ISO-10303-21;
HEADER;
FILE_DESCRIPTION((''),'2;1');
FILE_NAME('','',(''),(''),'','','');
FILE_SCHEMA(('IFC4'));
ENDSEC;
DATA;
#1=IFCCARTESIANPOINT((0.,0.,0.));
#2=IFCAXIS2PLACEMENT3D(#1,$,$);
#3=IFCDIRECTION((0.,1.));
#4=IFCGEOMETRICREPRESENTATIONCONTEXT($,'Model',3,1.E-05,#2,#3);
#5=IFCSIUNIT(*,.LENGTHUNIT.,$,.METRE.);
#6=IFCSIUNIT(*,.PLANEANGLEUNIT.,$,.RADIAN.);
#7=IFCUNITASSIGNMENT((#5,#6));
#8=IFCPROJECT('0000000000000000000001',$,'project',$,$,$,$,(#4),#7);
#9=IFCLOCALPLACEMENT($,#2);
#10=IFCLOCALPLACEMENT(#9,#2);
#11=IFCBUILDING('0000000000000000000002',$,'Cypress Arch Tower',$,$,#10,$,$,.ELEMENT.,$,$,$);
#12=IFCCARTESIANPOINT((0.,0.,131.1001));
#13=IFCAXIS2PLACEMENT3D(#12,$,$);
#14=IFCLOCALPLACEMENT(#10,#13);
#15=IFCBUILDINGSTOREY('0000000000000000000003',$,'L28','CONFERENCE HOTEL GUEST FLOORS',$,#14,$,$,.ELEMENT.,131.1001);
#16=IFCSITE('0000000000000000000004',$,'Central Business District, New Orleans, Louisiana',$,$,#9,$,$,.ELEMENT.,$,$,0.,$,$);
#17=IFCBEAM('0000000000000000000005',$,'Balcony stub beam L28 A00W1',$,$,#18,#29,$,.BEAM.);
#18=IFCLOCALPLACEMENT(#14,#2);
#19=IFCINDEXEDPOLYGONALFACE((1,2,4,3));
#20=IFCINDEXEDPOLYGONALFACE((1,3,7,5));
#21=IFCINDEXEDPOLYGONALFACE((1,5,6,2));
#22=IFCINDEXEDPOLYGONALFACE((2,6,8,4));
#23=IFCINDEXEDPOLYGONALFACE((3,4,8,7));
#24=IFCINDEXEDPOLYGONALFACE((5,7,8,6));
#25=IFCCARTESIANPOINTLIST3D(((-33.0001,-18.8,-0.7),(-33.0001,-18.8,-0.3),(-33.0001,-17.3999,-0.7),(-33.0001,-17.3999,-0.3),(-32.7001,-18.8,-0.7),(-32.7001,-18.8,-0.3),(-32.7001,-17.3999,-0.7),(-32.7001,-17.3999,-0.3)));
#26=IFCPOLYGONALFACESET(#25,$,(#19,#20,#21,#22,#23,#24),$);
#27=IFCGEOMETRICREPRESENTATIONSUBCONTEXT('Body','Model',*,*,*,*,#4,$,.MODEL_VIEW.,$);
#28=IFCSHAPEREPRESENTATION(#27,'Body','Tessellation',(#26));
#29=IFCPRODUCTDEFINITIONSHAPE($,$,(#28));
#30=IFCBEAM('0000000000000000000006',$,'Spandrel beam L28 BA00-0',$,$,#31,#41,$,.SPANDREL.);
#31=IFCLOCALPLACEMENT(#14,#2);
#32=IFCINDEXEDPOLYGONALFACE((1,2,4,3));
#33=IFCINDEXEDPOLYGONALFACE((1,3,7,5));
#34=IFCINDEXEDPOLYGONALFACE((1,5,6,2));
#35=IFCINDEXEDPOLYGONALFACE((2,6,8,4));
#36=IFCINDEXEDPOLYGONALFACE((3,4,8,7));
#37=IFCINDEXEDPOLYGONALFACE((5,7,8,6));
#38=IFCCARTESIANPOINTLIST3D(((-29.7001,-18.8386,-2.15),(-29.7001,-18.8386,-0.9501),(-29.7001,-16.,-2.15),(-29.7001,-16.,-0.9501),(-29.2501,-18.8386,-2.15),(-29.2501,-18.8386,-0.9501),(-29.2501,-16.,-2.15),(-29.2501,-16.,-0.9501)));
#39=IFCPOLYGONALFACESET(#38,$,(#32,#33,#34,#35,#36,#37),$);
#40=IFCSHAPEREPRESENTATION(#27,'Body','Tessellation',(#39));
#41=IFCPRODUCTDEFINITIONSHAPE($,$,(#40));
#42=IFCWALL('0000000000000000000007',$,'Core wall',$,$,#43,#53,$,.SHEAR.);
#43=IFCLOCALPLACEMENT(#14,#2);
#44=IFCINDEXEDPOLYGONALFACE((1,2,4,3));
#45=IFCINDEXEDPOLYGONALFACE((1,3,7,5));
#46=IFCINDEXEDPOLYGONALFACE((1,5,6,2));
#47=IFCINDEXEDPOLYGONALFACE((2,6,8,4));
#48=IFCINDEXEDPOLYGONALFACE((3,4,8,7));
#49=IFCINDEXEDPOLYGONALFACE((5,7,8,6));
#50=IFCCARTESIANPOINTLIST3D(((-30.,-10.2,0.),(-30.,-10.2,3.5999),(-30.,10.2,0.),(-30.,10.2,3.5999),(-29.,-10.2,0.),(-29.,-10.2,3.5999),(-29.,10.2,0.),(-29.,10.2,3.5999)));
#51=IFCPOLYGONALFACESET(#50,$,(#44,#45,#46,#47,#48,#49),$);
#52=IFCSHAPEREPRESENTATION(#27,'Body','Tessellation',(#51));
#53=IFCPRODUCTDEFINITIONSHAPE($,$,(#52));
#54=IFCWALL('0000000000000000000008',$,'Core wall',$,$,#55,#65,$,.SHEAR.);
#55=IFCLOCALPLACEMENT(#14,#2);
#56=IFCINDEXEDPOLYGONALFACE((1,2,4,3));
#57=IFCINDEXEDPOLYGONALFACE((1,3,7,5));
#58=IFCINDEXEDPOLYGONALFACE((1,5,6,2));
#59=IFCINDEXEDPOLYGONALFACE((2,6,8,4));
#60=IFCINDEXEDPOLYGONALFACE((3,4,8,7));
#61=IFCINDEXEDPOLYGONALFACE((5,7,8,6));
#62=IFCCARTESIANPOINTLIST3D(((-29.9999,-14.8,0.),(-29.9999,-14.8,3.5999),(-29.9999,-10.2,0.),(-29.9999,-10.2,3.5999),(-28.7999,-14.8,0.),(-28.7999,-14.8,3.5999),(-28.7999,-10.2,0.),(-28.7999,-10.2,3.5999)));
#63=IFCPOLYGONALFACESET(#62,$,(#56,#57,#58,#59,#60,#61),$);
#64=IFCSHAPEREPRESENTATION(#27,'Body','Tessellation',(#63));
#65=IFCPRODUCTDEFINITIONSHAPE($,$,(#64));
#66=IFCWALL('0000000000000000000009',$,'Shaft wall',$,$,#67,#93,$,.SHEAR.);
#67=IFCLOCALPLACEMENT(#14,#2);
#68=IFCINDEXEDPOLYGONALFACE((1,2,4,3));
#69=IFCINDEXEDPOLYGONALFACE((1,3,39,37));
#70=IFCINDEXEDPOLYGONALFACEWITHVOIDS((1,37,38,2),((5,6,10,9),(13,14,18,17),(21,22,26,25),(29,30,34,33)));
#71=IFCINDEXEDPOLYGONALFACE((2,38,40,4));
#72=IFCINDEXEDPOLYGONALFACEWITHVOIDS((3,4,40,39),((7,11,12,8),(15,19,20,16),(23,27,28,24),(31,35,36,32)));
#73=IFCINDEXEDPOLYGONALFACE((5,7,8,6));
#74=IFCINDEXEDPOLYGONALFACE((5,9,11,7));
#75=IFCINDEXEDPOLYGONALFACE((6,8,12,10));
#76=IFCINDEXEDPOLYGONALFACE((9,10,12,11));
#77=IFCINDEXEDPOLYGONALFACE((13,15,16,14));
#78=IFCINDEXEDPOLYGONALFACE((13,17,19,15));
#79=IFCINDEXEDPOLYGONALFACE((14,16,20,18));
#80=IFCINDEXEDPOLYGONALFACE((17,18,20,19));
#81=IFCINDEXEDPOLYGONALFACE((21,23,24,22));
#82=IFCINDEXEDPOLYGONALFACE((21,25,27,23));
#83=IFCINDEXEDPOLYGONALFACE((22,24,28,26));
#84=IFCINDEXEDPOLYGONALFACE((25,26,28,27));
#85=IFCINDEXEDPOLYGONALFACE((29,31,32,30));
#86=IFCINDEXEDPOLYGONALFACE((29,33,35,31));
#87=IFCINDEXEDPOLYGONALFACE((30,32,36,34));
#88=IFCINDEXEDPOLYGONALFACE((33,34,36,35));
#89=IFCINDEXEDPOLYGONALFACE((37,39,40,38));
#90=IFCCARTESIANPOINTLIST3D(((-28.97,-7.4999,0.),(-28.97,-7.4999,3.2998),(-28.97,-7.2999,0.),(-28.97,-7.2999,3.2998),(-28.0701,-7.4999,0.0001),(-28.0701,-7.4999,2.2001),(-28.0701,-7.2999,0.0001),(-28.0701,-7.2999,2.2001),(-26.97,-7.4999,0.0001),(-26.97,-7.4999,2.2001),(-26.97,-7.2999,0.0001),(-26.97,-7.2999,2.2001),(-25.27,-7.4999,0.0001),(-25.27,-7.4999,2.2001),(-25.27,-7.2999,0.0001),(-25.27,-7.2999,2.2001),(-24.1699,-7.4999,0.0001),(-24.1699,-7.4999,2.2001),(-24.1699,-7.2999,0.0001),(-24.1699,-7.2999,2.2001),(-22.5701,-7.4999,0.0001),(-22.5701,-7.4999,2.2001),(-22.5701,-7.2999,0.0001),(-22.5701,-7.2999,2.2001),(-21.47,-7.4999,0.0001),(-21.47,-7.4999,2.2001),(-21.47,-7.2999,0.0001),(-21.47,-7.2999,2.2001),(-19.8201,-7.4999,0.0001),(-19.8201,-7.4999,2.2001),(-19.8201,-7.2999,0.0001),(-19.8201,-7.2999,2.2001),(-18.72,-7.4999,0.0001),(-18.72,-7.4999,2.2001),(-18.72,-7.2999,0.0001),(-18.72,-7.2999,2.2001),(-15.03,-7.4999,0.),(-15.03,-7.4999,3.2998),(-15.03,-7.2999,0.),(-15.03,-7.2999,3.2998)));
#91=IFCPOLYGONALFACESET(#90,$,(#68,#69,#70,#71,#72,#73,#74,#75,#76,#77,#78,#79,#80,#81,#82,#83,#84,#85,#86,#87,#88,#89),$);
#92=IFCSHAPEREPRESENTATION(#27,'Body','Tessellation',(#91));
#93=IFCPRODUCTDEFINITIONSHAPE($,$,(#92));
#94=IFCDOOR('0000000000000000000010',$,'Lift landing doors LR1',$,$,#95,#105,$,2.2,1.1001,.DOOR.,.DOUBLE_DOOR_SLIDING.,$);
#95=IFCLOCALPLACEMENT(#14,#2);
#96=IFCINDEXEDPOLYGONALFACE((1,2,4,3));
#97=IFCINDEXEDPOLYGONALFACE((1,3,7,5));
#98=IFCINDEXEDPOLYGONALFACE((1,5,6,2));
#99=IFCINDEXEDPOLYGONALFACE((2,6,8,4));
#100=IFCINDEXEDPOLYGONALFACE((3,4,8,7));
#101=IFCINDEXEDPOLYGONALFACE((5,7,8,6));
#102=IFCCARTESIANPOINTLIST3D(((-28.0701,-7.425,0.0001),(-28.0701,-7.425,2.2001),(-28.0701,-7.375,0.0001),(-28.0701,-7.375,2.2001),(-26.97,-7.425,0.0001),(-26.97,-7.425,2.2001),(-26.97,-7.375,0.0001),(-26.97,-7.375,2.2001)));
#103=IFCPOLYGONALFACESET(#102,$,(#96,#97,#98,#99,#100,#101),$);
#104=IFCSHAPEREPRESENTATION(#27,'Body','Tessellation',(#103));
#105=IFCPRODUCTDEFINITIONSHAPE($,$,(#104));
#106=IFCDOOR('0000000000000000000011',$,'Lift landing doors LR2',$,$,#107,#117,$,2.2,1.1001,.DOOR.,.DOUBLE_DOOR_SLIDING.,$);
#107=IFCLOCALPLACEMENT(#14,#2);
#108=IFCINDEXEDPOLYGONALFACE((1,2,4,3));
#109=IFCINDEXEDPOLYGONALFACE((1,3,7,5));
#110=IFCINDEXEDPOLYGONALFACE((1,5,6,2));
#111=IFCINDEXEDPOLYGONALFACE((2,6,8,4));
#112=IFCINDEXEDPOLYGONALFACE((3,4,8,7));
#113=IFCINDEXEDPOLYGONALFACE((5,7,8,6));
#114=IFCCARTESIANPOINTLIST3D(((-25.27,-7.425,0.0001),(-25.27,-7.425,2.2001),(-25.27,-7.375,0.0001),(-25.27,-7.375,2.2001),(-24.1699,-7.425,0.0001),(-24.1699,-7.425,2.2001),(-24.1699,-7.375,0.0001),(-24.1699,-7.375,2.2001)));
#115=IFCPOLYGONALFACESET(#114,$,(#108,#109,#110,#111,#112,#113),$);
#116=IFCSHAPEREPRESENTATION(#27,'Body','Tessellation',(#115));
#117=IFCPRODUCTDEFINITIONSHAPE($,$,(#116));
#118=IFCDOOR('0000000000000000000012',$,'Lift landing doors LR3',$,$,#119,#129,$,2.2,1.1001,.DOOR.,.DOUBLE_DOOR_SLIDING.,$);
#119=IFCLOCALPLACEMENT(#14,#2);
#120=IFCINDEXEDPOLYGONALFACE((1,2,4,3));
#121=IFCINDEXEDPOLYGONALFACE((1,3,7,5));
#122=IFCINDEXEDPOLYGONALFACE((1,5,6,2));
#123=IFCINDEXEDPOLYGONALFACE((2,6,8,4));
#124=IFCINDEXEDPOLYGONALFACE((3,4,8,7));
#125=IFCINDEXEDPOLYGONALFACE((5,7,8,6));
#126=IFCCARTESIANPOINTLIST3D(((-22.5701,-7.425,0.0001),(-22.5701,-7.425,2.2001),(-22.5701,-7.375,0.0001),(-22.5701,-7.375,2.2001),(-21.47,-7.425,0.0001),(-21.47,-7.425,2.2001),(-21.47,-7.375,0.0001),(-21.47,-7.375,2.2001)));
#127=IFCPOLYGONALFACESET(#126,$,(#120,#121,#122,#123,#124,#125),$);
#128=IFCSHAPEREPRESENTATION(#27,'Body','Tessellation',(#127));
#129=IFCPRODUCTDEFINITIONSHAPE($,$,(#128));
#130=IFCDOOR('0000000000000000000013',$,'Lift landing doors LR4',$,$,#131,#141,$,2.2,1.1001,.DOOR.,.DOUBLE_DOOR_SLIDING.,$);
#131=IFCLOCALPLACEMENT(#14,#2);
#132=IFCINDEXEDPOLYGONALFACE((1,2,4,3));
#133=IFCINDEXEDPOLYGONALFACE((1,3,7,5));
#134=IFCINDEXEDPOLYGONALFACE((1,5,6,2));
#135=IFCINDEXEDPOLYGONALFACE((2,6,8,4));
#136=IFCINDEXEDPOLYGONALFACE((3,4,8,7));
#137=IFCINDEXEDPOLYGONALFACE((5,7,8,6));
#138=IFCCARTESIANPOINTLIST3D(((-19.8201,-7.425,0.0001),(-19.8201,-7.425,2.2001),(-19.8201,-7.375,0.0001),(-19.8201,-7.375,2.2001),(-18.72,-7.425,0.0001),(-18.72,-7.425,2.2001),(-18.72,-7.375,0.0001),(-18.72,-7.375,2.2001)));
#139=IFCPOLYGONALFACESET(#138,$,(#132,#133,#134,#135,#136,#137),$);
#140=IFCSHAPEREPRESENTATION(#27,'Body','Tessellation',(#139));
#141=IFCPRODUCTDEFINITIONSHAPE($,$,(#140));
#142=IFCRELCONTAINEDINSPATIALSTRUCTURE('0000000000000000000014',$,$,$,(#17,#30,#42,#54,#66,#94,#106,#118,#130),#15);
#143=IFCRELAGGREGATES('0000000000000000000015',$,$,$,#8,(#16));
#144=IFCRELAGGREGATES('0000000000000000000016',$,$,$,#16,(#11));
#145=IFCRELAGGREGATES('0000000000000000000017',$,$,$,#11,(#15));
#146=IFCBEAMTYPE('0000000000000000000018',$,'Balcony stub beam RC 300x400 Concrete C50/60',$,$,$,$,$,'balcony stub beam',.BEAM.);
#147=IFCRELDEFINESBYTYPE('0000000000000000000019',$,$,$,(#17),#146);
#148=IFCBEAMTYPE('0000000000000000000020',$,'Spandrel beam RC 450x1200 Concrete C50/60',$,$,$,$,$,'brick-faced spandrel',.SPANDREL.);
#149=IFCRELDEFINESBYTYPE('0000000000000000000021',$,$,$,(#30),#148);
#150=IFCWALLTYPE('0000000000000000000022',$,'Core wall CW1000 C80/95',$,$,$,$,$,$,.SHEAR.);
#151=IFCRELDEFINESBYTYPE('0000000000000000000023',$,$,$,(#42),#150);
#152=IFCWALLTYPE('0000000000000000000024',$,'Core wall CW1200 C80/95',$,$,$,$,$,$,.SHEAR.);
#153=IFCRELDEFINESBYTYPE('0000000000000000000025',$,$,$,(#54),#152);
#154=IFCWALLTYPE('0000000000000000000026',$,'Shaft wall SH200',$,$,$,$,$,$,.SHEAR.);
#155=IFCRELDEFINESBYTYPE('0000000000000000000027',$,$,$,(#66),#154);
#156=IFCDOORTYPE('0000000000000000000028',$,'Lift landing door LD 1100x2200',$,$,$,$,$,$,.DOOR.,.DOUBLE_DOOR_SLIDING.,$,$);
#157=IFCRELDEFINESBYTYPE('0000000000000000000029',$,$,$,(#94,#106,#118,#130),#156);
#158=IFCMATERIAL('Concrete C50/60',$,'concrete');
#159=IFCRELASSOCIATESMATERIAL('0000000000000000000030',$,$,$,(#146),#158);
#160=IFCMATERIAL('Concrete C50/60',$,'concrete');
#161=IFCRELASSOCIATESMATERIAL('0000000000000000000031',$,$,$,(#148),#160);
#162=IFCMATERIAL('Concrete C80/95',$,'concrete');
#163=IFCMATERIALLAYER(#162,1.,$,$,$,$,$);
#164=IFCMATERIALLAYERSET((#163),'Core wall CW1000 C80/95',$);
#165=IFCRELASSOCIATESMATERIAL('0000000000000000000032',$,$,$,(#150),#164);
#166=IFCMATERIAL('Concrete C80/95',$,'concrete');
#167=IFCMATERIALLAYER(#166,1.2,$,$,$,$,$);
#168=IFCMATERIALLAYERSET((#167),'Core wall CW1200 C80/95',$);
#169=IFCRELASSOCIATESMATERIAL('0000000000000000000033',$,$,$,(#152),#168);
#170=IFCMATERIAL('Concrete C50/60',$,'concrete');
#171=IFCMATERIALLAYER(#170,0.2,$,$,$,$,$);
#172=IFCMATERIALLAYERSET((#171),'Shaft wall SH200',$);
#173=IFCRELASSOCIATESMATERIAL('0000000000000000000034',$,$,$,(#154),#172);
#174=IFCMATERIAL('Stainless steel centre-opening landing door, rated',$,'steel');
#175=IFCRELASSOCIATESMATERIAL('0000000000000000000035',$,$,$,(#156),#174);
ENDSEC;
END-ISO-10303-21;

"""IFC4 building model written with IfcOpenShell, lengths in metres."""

from ifc_helpers import new_model, si_unit, direction, frame, frame_2d, origin, origin_2d, place, context, subcontext, project, spatial, rectangle, extrude, material, layer, layer_set, material_profile, profile_set, type_object, element, fill, save


model = new_model("IFC4")

# Units and contexts
model_context = context("Model", 3, precision=1e-05, world=origin(), true_north=direction((0.0, 1.0)))
body_context = subcontext(model_context, "Body", "Model", "MODEL_VIEW")
ifc_project = project(units=[si_unit("LENGTHUNIT", "METRE"), si_unit("PLANEANGLEUNIT", "RADIAN")], contexts=[model_context])

# Site, building, storey
site_placement = place(None, origin())
site = spatial("IfcSite", under=ifc_project, at=site_placement, Name="Central Business District, New Orleans, Louisiana", CompositionType="ELEMENT", RefElevation=0.0)
building_placement = place(site_placement, origin())
building = spatial("IfcBuilding", under=site, at=building_placement, Name="Cypress Arch Tower", CompositionType="ELEMENT")
storey_placement = place(building_placement, frame((0.0, 0.0, 131.1001)))
storey = spatial("IfcBuildingStorey", under=building, at=storey_placement, Name="L28", Description="CONFERENCE HOTEL GUEST FLOORS", CompositionType="ELEMENT", Elevation=131.1001)

# Beams
ifc_material_1 = material(Name="Concrete C50/60", Category="concrete")
ifc_material_profile_1 = material_profile(ifc_material_1, rectangle(XDim=0.3, YDim=0.3999, at=origin_2d()), Name="RC 300x400")
ifc_profile_set_1 = profile_set([ifc_material_profile_1], Name="Concrete C50/60")
beam_type_1 = type_object("IfcBeamType", Name="Balcony stub beam RC 300x400 Concrete C50/60", ElementType="balcony stub beam", PredefinedType="BEAM", material=ifc_profile_set_1)
beam_1_placement = place(storey_placement, frame((-32.8501, -17.3999, -0.5), z_axis=(0.0, -1.0, 0.0), x_axis=(1.0, 0.0, 0.0)))
element("IfcBeam", 1, at=beam_1_placement, inside=storey, type_object=beam_type_1, Name="Balcony stub beam L28 A00W1", PredefinedType="BEAM", context=body_context, shape_type="SweptSolid", body=[
    extrude(rectangle(XDim=0.3, YDim=0.3999, at=origin_2d()), origin(), (0.0, 0.0, 1.0), 1.4001),
])
ifc_material_2 = material(Name="Concrete C50/60", Category="concrete")
ifc_material_profile_2 = material_profile(ifc_material_2, rectangle(XDim=0.45, YDim=1.2, at=origin_2d()), Name="RC 450x1200")
ifc_profile_set_2 = profile_set([ifc_material_profile_2], Name="Concrete C50/60")
beam_type_2 = type_object("IfcBeamType", Name="Spandrel beam RC 450x1200 Concrete C50/60", ElementType="brick-faced spandrel", PredefinedType="SPANDREL", material=ifc_profile_set_2)
beam_2_placement = place(storey_placement, frame((-29.4751, -16.0, -1.55), z_axis=(0.0, -1.0, 0.0), x_axis=(1.0, 0.0, 0.0)))
element("IfcBeam", 2, at=beam_2_placement, inside=storey, type_object=beam_type_2, Name="Spandrel beam L28 BA00-0", PredefinedType="SPANDREL", context=body_context, shape_type="SweptSolid", body=[
    extrude(rectangle(XDim=0.45, YDim=1.2, at=origin_2d()), origin(), (0.0, 0.0, 1.0), 2.8386),
])

# Wall
ifc_material_3 = material(Name="Concrete C80/95", Category="concrete")
ifc_layer_1 = layer(ifc_material_3, 1.0)
ifc_layer_set_1 = layer_set([ifc_layer_1], Name="Core wall CW1000 C80/95")
wall_type_1 = type_object("IfcWallType", Name="Core wall CW1000 C80/95", PredefinedType="SHEAR", material=ifc_layer_set_1)
wall_1_placement = place(storey_placement, frame((-29.5, -10.2, 0.0), z_axis=(0.0, 0.0, 1.0), x_axis=(0.0, 1.0, 0.0)))
element("IfcWall", 3, at=wall_1_placement, inside=storey, type_object=wall_type_1, Name="Core wall", PredefinedType="SHEAR", context=body_context, shape_type="SweptSolid", body=[
    extrude(rectangle(XDim=20.3999, YDim=1.0, at=frame_2d((10.2, 0.0))), origin(), (0.0, 0.0, 1.0), 3.5999),
])

# Shared definitions
ifc_material_4 = material(Name="Concrete C80/95", Category="concrete")
ifc_layer_2 = layer(ifc_material_4, 1.2)
ifc_layer_set_2 = layer_set([ifc_layer_2], Name="Core wall CW1200 C80/95")
wall_type_2 = type_object("IfcWallType", Name="Core wall CW1200 C80/95", PredefinedType="SHEAR", material=ifc_layer_set_2)

# Wall
wall_2_placement = place(storey_placement, frame((-29.3999, -14.8, 0.0), z_axis=(0.0, 0.0, 1.0), x_axis=(0.0, 1.0, 0.0)))
element("IfcWall", 4, at=wall_2_placement, inside=storey, type_object=wall_type_2, Name="Core wall", PredefinedType="SHEAR", context=body_context, shape_type="SweptSolid", body=[
    extrude(rectangle(XDim=4.6001, YDim=1.2, at=frame_2d((2.3, 0.0))), origin(), (0.0, 0.0, 1.0), 3.5999),
])

# Wall, openings, doors
ifc_material_5 = material(Name="Concrete C50/60", Category="concrete")
ifc_layer_3 = layer(ifc_material_5, 0.2)
ifc_layer_set_3 = layer_set([ifc_layer_3], Name="Shaft wall SH200")
wall_type_3 = type_object("IfcWallType", Name="Shaft wall SH200", PredefinedType="SHEAR", material=ifc_layer_set_3)
wall_3_placement = place(storey_placement, frame((-28.97, -7.3999, 0.0), z_axis=(0.0, 0.0, 1.0), x_axis=(1.0, 0.0, 0.0)))
wall_3 = element("IfcWall", 5, at=wall_3_placement, inside=storey, type_object=wall_type_3, Name="Shaft wall", PredefinedType="SHEAR", context=body_context, shape_type="SweptSolid", body=[
    extrude(rectangle(XDim=13.9399, YDim=0.2, at=frame_2d((6.97, 0.0))), origin(), (0.0, 0.0, 1.0), 3.2998),
])
opening_1_placement = place(wall_3_placement, frame((0.8999, 0.0, 0.0)))
opening_1 = element("IfcOpeningElement", 6, at=opening_1_placement, cuts=wall_3, PredefinedType="OPENING", context=body_context, shape_type="SweptSolid", body=[
    extrude(rectangle(XDim=1.1001, YDim=2.2, at=frame_2d((0.55, 1.1001))), frame((0.0, 0.1099, 0.0), z_axis=(0.0, -1.0, 0.0), x_axis=(1.0, 0.0, 0.0)), (0.0, 0.0, 1.0), 0.22),
])
opening_2_placement = place(wall_3_placement, frame((3.7, 0.0, 0.0)))
opening_2 = element("IfcOpeningElement", 7, at=opening_2_placement, cuts=wall_3, PredefinedType="OPENING", context=body_context, shape_type="SweptSolid", body=[
    extrude(rectangle(XDim=1.1001, YDim=2.2, at=frame_2d((0.55, 1.1001))), frame((0.0, 0.1099, 0.0), z_axis=(0.0, -1.0, 0.0), x_axis=(1.0, 0.0, 0.0)), (0.0, 0.0, 1.0), 0.22),
])
opening_3_placement = place(wall_3_placement, frame((6.3999, 0.0, 0.0)))
opening_3 = element("IfcOpeningElement", 8, at=opening_3_placement, cuts=wall_3, PredefinedType="OPENING", context=body_context, shape_type="SweptSolid", body=[
    extrude(rectangle(XDim=1.1001, YDim=2.2, at=frame_2d((0.55, 1.1001))), frame((0.0, 0.1099, 0.0), z_axis=(0.0, -1.0, 0.0), x_axis=(1.0, 0.0, 0.0)), (0.0, 0.0, 1.0), 0.22),
])
opening_4_placement = place(wall_3_placement, frame((9.1499, 0.0, 0.0)))
opening_4 = element("IfcOpeningElement", 9, at=opening_4_placement, cuts=wall_3, PredefinedType="OPENING", context=body_context, shape_type="SweptSolid", body=[
    extrude(rectangle(XDim=1.1001, YDim=2.2, at=frame_2d((0.55, 1.1001))), frame((0.0, 0.1099, 0.0), z_axis=(0.0, -1.0, 0.0), x_axis=(1.0, 0.0, 0.0)), (0.0, 0.0, 1.0), 0.22),
])
ifc_material_6 = material(Name="Stainless steel centre-opening landing door, rated", Category="steel")
door_type_1 = type_object("IfcDoorType", Name="Lift landing door LD 1100x2200", OperationType="DOUBLE_DOOR_SLIDING", PredefinedType="DOOR", material=ifc_material_6)
door_1_placement = place(opening_1_placement, origin())
door_1 = element("IfcDoor", 10, at=door_1_placement, inside=storey, type_object=door_type_1, Name="Lift landing doors LR1", OperationType="DOUBLE_DOOR_SLIDING", OverallHeight=2.2, OverallWidth=1.1001, PredefinedType="DOOR", context=body_context, shape_type="SweptSolid", body=[
    extrude(rectangle(XDim=1.1001, YDim=2.2, at=frame_2d((0.55, 1.1001))), frame((0.0, 0.0249, 0.0), z_axis=(0.0, -1.0, 0.0), x_axis=(1.0, 0.0, 0.0)), (0.0, 0.0, 1.0), 0.05),
])
fill(opening_1, door_1)
door_2_placement = place(opening_2_placement, origin())
door_2 = element("IfcDoor", 11, at=door_2_placement, inside=storey, type_object=door_type_1, Name="Lift landing doors LR2", OperationType="DOUBLE_DOOR_SLIDING", OverallHeight=2.2, OverallWidth=1.1001, PredefinedType="DOOR", context=body_context, shape_type="SweptSolid", body=[
    extrude(rectangle(XDim=1.1001, YDim=2.2, at=frame_2d((0.55, 1.1001))), frame((0.0, 0.0249, 0.0), z_axis=(0.0, -1.0, 0.0), x_axis=(1.0, 0.0, 0.0)), (0.0, 0.0, 1.0), 0.05),
])
fill(opening_2, door_2)
door_3_placement = place(opening_3_placement, origin())
door_3 = element("IfcDoor", 12, at=door_3_placement, inside=storey, type_object=door_type_1, Name="Lift landing doors LR3", OperationType="DOUBLE_DOOR_SLIDING", OverallHeight=2.2, OverallWidth=1.1001, PredefinedType="DOOR", context=body_context, shape_type="SweptSolid", body=[
    extrude(rectangle(XDim=1.1001, YDim=2.2, at=frame_2d((0.55, 1.1001))), frame((0.0, 0.0249, 0.0), z_axis=(0.0, -1.0, 0.0), x_axis=(1.0, 0.0, 0.0)), (0.0, 0.0, 1.0), 0.05),
])
fill(opening_3, door_3)
door_4_placement = place(opening_4_placement, origin())
door_4 = element("IfcDoor", 13, at=door_4_placement, inside=storey, type_object=door_type_1, Name="Lift landing doors LR4", OperationType="DOUBLE_DOOR_SLIDING", OverallHeight=2.2, OverallWidth=1.1001, PredefinedType="DOOR", context=body_context, shape_type="SweptSolid", body=[
    extrude(rectangle(XDim=1.1001, YDim=2.2, at=frame_2d((0.55, 1.1001))), frame((0.0, 0.0249, 0.0), z_axis=(0.0, -1.0, 0.0), x_axis=(1.0, 0.0, 0.0)), (0.0, 0.0, 1.0), 0.05),
])
fill(opening_4, door_4)

save(model, "model.ifc")
